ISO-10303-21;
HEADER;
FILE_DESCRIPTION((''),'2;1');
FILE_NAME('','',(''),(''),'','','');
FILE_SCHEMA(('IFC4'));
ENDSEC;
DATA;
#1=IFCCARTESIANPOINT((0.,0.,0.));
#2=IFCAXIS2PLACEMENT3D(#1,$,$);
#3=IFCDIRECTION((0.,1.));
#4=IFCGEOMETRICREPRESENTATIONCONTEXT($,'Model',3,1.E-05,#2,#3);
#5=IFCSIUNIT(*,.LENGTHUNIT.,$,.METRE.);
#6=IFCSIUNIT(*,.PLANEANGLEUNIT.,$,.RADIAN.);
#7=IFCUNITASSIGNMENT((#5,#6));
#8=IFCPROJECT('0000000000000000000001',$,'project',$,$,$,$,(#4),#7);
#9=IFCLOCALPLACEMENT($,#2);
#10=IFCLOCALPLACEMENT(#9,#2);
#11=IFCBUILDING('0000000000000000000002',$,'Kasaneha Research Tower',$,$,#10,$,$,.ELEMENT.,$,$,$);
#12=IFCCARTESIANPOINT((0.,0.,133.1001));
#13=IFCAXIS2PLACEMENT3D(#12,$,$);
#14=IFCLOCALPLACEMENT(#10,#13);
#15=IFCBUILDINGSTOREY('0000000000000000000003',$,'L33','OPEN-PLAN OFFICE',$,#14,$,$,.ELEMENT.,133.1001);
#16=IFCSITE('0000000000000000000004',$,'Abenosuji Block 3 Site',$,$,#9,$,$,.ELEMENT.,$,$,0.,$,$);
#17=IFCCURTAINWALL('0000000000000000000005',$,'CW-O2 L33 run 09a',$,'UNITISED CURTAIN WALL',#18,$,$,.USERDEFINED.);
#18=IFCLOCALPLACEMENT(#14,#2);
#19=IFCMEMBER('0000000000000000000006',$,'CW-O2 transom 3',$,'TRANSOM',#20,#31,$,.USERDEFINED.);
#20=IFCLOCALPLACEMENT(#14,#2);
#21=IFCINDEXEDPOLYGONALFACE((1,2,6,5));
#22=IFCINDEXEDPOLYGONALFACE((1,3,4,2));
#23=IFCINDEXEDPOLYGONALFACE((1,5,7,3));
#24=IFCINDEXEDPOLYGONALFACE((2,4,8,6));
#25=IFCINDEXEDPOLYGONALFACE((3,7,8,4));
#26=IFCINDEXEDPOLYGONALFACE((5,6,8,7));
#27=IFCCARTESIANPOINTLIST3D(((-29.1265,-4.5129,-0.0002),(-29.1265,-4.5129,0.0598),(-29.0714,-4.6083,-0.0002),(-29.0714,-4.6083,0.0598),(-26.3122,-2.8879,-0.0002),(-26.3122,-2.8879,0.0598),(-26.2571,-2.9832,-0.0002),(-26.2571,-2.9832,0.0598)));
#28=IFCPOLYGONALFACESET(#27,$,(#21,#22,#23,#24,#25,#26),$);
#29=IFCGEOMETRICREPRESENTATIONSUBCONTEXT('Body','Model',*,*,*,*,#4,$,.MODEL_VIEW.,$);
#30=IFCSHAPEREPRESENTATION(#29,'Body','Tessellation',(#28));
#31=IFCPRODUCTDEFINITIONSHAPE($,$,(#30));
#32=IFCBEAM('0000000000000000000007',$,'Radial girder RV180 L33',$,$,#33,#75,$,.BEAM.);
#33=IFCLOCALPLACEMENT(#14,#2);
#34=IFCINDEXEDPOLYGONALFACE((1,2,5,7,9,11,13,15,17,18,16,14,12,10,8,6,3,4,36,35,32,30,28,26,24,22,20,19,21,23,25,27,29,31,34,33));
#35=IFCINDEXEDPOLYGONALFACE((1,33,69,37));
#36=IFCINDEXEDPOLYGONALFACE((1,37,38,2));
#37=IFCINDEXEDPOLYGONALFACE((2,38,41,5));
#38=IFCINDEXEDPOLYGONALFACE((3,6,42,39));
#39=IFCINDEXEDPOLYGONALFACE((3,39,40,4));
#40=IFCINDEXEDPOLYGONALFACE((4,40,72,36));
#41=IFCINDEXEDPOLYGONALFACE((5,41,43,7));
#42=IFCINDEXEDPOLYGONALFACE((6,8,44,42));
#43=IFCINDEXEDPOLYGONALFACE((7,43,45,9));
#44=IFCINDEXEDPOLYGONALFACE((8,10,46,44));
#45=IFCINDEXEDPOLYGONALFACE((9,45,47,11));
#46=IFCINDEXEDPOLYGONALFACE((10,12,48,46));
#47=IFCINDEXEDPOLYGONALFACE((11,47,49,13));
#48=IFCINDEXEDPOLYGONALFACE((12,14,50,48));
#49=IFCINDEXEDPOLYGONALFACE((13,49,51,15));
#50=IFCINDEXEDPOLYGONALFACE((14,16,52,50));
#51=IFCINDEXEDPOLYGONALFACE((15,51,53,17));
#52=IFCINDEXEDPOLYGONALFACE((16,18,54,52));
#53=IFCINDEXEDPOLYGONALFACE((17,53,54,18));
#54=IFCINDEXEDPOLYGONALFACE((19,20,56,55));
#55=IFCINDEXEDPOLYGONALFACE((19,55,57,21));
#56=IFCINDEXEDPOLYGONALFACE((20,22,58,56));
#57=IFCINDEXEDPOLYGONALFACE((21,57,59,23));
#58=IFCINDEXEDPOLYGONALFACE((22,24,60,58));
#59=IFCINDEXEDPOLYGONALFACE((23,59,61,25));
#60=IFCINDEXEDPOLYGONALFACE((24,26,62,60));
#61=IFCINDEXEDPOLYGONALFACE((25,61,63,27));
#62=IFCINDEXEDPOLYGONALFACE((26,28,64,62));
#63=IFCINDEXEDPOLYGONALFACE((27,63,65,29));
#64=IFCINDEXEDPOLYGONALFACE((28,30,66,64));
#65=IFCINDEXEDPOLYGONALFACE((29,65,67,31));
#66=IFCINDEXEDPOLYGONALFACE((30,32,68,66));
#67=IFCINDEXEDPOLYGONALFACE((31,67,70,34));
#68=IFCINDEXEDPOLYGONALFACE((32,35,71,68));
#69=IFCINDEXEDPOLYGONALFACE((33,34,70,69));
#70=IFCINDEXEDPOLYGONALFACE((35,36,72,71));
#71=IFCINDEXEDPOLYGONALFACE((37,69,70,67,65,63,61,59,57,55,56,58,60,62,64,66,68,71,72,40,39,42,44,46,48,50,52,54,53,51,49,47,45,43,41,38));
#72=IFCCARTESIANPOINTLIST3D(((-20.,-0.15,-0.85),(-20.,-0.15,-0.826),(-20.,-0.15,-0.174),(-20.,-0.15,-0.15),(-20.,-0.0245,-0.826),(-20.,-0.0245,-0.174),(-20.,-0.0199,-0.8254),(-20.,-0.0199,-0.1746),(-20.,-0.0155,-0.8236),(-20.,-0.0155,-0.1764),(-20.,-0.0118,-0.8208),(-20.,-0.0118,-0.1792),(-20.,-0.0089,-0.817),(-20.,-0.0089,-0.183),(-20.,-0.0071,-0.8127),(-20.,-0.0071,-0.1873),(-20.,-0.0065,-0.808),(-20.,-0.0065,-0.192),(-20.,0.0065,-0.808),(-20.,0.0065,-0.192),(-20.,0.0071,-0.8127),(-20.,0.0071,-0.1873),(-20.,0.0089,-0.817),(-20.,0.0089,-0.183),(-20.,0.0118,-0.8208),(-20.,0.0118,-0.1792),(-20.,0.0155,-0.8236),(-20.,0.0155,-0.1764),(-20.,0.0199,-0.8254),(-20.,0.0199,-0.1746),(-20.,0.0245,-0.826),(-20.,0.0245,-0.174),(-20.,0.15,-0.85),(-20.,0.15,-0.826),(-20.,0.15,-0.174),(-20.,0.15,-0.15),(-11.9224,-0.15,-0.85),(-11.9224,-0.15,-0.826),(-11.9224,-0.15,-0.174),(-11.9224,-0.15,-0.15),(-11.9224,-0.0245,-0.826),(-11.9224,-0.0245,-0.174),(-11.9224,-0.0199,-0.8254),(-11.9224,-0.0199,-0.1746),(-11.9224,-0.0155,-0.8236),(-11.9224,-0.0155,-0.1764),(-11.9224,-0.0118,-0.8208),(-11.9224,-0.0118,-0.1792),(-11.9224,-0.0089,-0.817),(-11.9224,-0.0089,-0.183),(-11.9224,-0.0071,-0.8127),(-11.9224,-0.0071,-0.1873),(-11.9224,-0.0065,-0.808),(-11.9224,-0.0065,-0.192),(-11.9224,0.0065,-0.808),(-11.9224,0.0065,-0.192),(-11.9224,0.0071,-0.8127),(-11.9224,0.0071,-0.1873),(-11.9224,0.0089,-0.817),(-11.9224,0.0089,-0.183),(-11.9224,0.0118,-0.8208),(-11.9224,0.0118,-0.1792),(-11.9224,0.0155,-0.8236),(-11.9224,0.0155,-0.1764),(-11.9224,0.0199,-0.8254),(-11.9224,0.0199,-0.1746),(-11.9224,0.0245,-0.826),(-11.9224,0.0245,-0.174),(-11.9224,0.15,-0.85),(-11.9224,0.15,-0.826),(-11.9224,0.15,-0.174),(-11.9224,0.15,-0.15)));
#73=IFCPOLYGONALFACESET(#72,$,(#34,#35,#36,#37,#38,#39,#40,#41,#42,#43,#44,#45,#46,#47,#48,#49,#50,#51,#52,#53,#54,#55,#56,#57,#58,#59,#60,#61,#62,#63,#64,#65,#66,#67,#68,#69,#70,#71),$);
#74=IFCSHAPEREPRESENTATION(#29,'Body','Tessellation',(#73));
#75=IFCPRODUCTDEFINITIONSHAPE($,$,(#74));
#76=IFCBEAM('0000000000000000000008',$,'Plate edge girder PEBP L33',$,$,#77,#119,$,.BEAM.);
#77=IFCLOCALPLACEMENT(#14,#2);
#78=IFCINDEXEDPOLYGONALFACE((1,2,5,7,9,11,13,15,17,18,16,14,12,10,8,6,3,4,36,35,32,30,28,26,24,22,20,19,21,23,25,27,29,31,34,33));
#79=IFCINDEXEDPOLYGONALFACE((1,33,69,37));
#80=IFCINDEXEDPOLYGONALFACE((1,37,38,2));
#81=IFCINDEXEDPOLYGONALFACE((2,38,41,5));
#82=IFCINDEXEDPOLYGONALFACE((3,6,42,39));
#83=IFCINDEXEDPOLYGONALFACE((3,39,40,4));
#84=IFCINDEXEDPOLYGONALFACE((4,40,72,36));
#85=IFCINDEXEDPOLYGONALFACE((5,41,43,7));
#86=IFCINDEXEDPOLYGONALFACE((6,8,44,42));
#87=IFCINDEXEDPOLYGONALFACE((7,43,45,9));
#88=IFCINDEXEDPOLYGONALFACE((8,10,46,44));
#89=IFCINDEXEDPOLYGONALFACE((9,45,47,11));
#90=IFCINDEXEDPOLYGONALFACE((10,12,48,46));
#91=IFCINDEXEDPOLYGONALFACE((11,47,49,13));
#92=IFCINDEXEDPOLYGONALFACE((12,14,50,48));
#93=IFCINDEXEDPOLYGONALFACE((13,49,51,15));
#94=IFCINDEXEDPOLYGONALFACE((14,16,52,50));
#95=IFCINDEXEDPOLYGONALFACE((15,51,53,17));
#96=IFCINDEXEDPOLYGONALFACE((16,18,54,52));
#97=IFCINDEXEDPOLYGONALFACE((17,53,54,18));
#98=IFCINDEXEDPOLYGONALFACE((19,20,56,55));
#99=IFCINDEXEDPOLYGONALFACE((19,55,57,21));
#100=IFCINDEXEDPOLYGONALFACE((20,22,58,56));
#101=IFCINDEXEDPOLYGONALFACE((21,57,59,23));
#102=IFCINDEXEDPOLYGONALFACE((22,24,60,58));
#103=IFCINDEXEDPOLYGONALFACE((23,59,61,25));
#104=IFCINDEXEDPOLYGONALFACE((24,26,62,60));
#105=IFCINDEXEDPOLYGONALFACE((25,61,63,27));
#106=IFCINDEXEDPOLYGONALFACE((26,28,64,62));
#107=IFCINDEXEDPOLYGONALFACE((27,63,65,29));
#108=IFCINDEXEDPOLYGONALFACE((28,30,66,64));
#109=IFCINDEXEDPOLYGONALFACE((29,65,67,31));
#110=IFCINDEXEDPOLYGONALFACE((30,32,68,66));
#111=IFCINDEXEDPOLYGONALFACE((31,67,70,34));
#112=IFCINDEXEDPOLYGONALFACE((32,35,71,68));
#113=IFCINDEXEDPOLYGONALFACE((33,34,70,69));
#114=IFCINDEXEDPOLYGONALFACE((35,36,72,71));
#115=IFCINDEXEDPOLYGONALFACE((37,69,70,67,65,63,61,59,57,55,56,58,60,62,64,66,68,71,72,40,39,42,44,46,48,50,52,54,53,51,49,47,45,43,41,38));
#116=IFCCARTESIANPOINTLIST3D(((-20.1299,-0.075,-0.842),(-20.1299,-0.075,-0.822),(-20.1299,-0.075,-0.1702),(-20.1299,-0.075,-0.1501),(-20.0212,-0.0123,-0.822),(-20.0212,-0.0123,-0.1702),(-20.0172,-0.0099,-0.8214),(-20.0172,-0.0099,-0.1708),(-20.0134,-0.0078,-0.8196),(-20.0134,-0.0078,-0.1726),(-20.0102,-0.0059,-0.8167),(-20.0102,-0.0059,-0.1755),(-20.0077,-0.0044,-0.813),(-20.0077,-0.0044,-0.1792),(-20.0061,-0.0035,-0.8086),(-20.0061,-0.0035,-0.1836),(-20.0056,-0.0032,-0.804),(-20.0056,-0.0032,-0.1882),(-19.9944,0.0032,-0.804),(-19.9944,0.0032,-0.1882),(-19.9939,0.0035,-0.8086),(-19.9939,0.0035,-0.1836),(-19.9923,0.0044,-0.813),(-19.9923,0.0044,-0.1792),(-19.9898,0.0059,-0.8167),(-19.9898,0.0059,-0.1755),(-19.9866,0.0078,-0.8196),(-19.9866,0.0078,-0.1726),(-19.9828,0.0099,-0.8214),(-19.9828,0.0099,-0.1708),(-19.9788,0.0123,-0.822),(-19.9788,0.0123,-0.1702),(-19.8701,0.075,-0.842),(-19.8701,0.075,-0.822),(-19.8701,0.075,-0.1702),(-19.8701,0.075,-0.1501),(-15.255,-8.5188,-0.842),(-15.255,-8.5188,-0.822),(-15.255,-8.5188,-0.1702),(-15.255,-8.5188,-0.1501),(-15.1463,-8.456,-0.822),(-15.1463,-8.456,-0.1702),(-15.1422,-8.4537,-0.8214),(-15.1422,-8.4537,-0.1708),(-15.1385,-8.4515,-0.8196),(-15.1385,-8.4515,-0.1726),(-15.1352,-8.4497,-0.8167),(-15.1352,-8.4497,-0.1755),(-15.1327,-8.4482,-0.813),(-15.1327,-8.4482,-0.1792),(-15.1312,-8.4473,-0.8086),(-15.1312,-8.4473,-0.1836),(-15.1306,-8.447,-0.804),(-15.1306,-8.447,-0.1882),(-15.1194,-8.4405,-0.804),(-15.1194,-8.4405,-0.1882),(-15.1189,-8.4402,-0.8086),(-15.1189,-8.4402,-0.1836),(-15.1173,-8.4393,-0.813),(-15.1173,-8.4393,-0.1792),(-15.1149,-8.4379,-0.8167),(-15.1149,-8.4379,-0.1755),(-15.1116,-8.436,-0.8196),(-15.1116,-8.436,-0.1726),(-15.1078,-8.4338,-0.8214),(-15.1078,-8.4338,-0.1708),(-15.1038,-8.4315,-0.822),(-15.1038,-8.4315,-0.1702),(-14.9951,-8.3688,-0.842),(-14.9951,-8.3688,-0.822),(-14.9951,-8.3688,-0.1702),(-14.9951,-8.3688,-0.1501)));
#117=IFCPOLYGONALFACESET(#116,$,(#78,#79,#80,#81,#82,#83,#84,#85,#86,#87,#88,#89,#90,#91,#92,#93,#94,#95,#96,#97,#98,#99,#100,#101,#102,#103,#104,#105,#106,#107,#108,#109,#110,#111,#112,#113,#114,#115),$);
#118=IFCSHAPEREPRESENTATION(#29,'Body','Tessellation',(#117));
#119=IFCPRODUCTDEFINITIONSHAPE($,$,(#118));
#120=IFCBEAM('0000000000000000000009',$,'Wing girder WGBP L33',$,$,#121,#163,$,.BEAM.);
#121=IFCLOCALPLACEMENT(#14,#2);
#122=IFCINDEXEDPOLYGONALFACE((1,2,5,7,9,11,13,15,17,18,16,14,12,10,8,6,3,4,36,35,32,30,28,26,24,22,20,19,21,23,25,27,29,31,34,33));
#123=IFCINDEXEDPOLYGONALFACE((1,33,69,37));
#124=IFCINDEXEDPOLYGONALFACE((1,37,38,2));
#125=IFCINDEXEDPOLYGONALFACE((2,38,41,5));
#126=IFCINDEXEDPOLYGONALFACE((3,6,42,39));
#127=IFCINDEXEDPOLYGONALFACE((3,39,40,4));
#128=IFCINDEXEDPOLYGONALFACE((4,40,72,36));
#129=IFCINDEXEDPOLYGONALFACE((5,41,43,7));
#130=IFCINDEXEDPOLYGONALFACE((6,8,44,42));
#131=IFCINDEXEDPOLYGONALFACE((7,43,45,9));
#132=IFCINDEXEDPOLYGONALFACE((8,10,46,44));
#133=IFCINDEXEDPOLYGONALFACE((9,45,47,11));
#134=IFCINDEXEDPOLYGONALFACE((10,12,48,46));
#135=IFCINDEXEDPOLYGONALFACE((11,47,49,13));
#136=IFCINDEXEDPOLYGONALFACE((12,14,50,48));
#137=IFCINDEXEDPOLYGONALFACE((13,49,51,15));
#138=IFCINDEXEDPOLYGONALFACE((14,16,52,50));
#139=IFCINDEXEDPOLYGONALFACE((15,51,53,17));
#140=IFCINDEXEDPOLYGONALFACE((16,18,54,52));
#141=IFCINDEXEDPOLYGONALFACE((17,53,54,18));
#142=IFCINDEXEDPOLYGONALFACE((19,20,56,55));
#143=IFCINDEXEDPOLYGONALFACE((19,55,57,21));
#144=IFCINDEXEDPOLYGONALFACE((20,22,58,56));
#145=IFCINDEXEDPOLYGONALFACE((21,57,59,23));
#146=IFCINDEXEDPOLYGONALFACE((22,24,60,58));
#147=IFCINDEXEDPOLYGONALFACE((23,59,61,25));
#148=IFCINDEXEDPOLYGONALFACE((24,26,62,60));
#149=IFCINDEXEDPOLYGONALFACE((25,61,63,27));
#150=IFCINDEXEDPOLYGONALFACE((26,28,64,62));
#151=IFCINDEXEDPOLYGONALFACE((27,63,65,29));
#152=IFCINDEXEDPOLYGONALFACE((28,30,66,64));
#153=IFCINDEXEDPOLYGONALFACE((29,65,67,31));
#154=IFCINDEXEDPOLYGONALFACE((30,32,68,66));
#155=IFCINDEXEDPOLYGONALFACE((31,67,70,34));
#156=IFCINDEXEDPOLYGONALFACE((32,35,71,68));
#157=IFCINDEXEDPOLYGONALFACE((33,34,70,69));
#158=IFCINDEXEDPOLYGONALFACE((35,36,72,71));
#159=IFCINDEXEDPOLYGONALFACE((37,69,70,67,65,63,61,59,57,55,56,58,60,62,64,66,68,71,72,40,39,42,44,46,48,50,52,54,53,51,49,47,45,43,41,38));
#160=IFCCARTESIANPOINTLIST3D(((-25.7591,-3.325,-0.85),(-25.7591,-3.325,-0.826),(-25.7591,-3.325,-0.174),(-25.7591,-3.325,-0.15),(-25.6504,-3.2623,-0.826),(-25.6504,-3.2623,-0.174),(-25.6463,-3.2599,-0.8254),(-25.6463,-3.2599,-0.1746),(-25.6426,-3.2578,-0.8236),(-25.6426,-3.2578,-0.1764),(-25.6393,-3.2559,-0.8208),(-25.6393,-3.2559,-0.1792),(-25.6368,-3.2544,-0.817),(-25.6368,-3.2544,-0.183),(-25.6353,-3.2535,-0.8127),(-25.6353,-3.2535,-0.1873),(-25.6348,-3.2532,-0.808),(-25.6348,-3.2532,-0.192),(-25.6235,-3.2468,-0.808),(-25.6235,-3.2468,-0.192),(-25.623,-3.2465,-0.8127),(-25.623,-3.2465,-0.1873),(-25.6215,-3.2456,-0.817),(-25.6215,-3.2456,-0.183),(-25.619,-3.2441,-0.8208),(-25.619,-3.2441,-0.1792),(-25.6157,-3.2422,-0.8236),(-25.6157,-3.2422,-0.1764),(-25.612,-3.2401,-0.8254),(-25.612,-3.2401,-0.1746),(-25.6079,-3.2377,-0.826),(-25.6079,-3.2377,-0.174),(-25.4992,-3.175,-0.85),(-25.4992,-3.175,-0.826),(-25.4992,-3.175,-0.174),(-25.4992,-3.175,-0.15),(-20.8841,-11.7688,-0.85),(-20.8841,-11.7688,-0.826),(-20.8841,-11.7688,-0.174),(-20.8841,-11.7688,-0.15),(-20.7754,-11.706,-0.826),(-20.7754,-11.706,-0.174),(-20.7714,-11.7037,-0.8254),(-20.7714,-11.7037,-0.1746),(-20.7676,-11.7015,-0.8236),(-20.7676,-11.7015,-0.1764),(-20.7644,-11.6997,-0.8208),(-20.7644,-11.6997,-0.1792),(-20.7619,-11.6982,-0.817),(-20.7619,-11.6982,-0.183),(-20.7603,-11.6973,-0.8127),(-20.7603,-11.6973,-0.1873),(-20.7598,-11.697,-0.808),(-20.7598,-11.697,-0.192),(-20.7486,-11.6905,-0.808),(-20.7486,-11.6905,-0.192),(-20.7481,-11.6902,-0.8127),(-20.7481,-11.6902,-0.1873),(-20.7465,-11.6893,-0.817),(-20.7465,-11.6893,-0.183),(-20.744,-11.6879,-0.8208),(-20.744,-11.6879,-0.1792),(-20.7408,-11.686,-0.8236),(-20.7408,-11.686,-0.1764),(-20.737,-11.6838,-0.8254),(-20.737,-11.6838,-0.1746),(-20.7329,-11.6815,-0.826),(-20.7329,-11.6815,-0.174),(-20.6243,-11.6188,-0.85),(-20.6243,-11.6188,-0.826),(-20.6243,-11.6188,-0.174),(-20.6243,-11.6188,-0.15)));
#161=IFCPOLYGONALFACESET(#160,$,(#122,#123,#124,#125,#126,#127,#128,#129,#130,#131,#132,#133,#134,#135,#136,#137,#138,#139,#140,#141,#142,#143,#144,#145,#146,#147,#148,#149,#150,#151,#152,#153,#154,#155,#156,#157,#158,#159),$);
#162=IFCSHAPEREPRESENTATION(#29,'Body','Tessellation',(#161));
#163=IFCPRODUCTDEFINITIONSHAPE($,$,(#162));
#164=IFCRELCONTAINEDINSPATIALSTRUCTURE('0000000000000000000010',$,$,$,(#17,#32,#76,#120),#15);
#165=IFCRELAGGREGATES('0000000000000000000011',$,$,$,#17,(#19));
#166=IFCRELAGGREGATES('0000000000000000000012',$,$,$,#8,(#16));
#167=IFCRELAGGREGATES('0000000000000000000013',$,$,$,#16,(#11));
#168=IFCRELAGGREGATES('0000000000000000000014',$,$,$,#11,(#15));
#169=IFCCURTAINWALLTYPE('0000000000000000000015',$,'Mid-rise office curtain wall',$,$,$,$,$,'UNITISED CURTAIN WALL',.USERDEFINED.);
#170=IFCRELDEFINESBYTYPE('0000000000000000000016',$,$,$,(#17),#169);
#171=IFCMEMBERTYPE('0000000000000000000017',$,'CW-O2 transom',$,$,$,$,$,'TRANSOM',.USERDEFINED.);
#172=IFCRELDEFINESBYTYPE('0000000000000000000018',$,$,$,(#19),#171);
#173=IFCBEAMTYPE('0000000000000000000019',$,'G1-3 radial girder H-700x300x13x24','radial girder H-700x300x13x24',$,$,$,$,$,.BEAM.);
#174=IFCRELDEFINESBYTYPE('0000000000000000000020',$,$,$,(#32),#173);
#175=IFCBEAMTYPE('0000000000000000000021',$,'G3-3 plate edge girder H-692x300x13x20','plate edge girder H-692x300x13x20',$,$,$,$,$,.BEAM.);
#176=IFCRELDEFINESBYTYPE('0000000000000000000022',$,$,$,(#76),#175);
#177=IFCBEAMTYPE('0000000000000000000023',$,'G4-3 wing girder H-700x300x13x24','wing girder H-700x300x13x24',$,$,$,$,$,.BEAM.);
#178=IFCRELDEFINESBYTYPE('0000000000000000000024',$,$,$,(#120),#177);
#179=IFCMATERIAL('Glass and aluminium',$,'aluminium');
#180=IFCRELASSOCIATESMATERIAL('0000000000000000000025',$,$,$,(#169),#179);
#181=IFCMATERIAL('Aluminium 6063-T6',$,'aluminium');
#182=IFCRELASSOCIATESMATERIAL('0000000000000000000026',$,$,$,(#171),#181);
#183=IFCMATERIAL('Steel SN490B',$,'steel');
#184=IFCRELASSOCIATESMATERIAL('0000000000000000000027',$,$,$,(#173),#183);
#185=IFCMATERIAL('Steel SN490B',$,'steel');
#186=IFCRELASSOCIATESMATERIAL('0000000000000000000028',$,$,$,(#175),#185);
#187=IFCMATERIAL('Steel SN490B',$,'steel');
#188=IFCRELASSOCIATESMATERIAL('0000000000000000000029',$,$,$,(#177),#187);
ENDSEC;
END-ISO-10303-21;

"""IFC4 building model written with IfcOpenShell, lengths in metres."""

from ifc_helpers import new_model, si_unit, direction, frame, origin, origin_2d, place, context, subcontext, project, spatial, rectangle, i_section, extrude, material, material_profile, profile_set, type_object, element, aggregate, save


model = new_model("IFC4")

# Units and contexts
model_context = context("Model", 3, precision=1e-05, world=origin(), true_north=direction((0.0, 1.0)))
body_context = subcontext(model_context, "Body", "Model", "MODEL_VIEW")
ifc_project = project(units=[si_unit("LENGTHUNIT", "METRE"), si_unit("PLANEANGLEUNIT", "RADIAN")], contexts=[model_context])

# Site, building, storey
site_placement = place(None, origin())
site = spatial("IfcSite", under=ifc_project, at=site_placement, Name="Abenosuji Block 3 Site", CompositionType="ELEMENT", RefElevation=0.0)
building_placement = place(site_placement, origin())
building = spatial("IfcBuilding", under=site, at=building_placement, Name="Kasaneha Research Tower", CompositionType="ELEMENT")
storey_placement = place(building_placement, frame((0.0, 0.0, 133.1001)))
storey = spatial("IfcBuildingStorey", under=building, at=storey_placement, Name="L33", Description="OPEN-PLAN OFFICE", CompositionType="ELEMENT", Elevation=133.1001)

# Shared definitions
ifc_material_1 = material(Name="Glass and aluminium", Category="aluminium")
curtain_wall_type = type_object("IfcCurtainWallType", Name="Mid-rise office curtain wall", ElementType="UNITISED CURTAIN WALL", PredefinedType="USERDEFINED", material=ifc_material_1)

# Curtain wall
curtain_wall_1_placement = place(storey_placement, origin())
curtain_wall_1 = element("IfcCurtainWall", 1, at=curtain_wall_1_placement, inside=storey, type_object=curtain_wall_type, Name="CW-O2 L33 run 09a", ObjectType="UNITISED CURTAIN WALL", PredefinedType="USERDEFINED")

# Member
ifc_material_2 = material(Name="Aluminium 6063-T6", Category="aluminium")
ifc_material_profile_1 = material_profile(ifc_material_2, rectangle(XDim=0.1101, YDim=0.0601, at=origin_2d()), Name="CW-O2 transom 110x60")
ifc_profile_set_1 = profile_set([ifc_material_profile_1], Name="Aluminium 6063-T6")
member_type_1 = type_object("IfcMemberType", Name="CW-O2 transom", ElementType="TRANSOM", PredefinedType="USERDEFINED", material=ifc_profile_set_1)
member_1_placement = place(storey_placement, frame((-26.2847, -2.9355, 0.0298), z_axis=(-0.865997, -0.50005, 0.0), x_axis=(0.50005, -0.865997, 0.0)))
member_1 = element("IfcMember", 2, at=member_1_placement, type_object=member_type_1, Name="CW-O2 transom 3", ObjectType="TRANSOM", PredefinedType="USERDEFINED", context=body_context, shape_type="SweptSolid", body=[
    extrude(rectangle(XDim=0.1101, YDim=0.0601, at=origin_2d()), origin(), (0.0, 0.0, 1.0), 3.2498),
])

# Beams
ifc_material_3 = material(Name="Steel SN490B", Category="steel")
ifc_material_profile_2 = material_profile(ifc_material_3, i_section(OverallWidth=0.3, OverallDepth=0.7, WebThickness=0.0129, FlangeThickness=0.0239, FilletRadius=0.0181, at=origin_2d()), Name="H-700x300x13x24")
ifc_profile_set_2 = profile_set([ifc_material_profile_2], Name="Steel SN490B")
beam_type_1 = type_object("IfcBeamType", Name="G1-3 radial girder H-700x300x13x24", Description="radial girder H-700x300x13x24", PredefinedType="BEAM", material=ifc_profile_set_2)
beam_1_placement = place(storey_placement, frame((-11.9224, 0.0, -0.5), z_axis=(-1.0, 0.0, 0.0), x_axis=(0.0, -1.0, 0.0)))
element("IfcBeam", 3, at=beam_1_placement, inside=storey, type_object=beam_type_1, Name="Radial girder RV180 L33", PredefinedType="BEAM", context=body_context, shape_type="SweptSolid", body=[
    extrude(i_section(OverallWidth=0.3, OverallDepth=0.7, WebThickness=0.0129, FlangeThickness=0.0239, FilletRadius=0.0181, at=origin_2d()), origin(), (0.0, 0.0, 1.0), 8.0776),
])
ifc_material_4 = material(Name="Steel SN490B", Category="steel")
ifc_material_profile_3 = material_profile(ifc_material_4, i_section(OverallWidth=0.3, OverallDepth=0.6919, WebThickness=0.0129, FlangeThickness=0.02, FilletRadius=0.0181, at=origin_2d()), Name="H-692x300x13x20")
ifc_profile_set_3 = profile_set([ifc_material_profile_3], Name="Steel SN490B")
beam_type_2 = type_object("IfcBeamType", Name="G3-3 plate edge girder H-692x300x13x20", Description="plate edge girder H-692x300x13x20", PredefinedType="BEAM", material=ifc_profile_set_3)
beam_2_placement = place(storey_placement, frame((-20.0, 0.0, -0.4961), z_axis=(0.499996, -0.866028, 0.0), x_axis=(0.866028, 0.499996, 0.0)))
element("IfcBeam", 4, at=beam_2_placement, inside=storey, type_object=beam_type_2, Name="Plate edge girder PEBP L33", PredefinedType="BEAM", context=body_context, shape_type="SweptSolid", body=[
    extrude(i_section(OverallWidth=0.3, OverallDepth=0.6919, WebThickness=0.0129, FlangeThickness=0.02, FilletRadius=0.0181, at=origin_2d()), origin(), (0.0, 0.0, 1.0), 9.75),
])
ifc_material_5 = material(Name="Steel SN490B", Category="steel")
ifc_material_profile_4 = material_profile(ifc_material_5, i_section(OverallWidth=0.3, OverallDepth=0.7, WebThickness=0.0129, FlangeThickness=0.0239, FilletRadius=0.0181, at=origin_2d()), Name="H-700x300x13x24")
ifc_profile_set_4 = profile_set([ifc_material_profile_4], Name="Steel SN490B")
beam_type_3 = type_object("IfcBeamType", Name="G4-3 wing girder H-700x300x13x24", Description="wing girder H-700x300x13x24", PredefinedType="BEAM", material=ifc_profile_set_4)
beam_3_placement = place(storey_placement, frame((-25.6292, -3.25, -0.5), z_axis=(0.499996, -0.866028, 0.0), x_axis=(0.866028, 0.499996, 0.0)))
element("IfcBeam", 5, at=beam_3_placement, inside=storey, type_object=beam_type_3, Name="Wing girder WGBP L33", PredefinedType="BEAM", context=body_context, shape_type="SweptSolid", body=[
    extrude(i_section(OverallWidth=0.3, OverallDepth=0.7, WebThickness=0.0129, FlangeThickness=0.0239, FilletRadius=0.0181, at=origin_2d()), origin(), (0.0, 0.0, 1.0), 9.75),
])

aggregate(curtain_wall_1, [member_1])

save(model, "model.ifc")
